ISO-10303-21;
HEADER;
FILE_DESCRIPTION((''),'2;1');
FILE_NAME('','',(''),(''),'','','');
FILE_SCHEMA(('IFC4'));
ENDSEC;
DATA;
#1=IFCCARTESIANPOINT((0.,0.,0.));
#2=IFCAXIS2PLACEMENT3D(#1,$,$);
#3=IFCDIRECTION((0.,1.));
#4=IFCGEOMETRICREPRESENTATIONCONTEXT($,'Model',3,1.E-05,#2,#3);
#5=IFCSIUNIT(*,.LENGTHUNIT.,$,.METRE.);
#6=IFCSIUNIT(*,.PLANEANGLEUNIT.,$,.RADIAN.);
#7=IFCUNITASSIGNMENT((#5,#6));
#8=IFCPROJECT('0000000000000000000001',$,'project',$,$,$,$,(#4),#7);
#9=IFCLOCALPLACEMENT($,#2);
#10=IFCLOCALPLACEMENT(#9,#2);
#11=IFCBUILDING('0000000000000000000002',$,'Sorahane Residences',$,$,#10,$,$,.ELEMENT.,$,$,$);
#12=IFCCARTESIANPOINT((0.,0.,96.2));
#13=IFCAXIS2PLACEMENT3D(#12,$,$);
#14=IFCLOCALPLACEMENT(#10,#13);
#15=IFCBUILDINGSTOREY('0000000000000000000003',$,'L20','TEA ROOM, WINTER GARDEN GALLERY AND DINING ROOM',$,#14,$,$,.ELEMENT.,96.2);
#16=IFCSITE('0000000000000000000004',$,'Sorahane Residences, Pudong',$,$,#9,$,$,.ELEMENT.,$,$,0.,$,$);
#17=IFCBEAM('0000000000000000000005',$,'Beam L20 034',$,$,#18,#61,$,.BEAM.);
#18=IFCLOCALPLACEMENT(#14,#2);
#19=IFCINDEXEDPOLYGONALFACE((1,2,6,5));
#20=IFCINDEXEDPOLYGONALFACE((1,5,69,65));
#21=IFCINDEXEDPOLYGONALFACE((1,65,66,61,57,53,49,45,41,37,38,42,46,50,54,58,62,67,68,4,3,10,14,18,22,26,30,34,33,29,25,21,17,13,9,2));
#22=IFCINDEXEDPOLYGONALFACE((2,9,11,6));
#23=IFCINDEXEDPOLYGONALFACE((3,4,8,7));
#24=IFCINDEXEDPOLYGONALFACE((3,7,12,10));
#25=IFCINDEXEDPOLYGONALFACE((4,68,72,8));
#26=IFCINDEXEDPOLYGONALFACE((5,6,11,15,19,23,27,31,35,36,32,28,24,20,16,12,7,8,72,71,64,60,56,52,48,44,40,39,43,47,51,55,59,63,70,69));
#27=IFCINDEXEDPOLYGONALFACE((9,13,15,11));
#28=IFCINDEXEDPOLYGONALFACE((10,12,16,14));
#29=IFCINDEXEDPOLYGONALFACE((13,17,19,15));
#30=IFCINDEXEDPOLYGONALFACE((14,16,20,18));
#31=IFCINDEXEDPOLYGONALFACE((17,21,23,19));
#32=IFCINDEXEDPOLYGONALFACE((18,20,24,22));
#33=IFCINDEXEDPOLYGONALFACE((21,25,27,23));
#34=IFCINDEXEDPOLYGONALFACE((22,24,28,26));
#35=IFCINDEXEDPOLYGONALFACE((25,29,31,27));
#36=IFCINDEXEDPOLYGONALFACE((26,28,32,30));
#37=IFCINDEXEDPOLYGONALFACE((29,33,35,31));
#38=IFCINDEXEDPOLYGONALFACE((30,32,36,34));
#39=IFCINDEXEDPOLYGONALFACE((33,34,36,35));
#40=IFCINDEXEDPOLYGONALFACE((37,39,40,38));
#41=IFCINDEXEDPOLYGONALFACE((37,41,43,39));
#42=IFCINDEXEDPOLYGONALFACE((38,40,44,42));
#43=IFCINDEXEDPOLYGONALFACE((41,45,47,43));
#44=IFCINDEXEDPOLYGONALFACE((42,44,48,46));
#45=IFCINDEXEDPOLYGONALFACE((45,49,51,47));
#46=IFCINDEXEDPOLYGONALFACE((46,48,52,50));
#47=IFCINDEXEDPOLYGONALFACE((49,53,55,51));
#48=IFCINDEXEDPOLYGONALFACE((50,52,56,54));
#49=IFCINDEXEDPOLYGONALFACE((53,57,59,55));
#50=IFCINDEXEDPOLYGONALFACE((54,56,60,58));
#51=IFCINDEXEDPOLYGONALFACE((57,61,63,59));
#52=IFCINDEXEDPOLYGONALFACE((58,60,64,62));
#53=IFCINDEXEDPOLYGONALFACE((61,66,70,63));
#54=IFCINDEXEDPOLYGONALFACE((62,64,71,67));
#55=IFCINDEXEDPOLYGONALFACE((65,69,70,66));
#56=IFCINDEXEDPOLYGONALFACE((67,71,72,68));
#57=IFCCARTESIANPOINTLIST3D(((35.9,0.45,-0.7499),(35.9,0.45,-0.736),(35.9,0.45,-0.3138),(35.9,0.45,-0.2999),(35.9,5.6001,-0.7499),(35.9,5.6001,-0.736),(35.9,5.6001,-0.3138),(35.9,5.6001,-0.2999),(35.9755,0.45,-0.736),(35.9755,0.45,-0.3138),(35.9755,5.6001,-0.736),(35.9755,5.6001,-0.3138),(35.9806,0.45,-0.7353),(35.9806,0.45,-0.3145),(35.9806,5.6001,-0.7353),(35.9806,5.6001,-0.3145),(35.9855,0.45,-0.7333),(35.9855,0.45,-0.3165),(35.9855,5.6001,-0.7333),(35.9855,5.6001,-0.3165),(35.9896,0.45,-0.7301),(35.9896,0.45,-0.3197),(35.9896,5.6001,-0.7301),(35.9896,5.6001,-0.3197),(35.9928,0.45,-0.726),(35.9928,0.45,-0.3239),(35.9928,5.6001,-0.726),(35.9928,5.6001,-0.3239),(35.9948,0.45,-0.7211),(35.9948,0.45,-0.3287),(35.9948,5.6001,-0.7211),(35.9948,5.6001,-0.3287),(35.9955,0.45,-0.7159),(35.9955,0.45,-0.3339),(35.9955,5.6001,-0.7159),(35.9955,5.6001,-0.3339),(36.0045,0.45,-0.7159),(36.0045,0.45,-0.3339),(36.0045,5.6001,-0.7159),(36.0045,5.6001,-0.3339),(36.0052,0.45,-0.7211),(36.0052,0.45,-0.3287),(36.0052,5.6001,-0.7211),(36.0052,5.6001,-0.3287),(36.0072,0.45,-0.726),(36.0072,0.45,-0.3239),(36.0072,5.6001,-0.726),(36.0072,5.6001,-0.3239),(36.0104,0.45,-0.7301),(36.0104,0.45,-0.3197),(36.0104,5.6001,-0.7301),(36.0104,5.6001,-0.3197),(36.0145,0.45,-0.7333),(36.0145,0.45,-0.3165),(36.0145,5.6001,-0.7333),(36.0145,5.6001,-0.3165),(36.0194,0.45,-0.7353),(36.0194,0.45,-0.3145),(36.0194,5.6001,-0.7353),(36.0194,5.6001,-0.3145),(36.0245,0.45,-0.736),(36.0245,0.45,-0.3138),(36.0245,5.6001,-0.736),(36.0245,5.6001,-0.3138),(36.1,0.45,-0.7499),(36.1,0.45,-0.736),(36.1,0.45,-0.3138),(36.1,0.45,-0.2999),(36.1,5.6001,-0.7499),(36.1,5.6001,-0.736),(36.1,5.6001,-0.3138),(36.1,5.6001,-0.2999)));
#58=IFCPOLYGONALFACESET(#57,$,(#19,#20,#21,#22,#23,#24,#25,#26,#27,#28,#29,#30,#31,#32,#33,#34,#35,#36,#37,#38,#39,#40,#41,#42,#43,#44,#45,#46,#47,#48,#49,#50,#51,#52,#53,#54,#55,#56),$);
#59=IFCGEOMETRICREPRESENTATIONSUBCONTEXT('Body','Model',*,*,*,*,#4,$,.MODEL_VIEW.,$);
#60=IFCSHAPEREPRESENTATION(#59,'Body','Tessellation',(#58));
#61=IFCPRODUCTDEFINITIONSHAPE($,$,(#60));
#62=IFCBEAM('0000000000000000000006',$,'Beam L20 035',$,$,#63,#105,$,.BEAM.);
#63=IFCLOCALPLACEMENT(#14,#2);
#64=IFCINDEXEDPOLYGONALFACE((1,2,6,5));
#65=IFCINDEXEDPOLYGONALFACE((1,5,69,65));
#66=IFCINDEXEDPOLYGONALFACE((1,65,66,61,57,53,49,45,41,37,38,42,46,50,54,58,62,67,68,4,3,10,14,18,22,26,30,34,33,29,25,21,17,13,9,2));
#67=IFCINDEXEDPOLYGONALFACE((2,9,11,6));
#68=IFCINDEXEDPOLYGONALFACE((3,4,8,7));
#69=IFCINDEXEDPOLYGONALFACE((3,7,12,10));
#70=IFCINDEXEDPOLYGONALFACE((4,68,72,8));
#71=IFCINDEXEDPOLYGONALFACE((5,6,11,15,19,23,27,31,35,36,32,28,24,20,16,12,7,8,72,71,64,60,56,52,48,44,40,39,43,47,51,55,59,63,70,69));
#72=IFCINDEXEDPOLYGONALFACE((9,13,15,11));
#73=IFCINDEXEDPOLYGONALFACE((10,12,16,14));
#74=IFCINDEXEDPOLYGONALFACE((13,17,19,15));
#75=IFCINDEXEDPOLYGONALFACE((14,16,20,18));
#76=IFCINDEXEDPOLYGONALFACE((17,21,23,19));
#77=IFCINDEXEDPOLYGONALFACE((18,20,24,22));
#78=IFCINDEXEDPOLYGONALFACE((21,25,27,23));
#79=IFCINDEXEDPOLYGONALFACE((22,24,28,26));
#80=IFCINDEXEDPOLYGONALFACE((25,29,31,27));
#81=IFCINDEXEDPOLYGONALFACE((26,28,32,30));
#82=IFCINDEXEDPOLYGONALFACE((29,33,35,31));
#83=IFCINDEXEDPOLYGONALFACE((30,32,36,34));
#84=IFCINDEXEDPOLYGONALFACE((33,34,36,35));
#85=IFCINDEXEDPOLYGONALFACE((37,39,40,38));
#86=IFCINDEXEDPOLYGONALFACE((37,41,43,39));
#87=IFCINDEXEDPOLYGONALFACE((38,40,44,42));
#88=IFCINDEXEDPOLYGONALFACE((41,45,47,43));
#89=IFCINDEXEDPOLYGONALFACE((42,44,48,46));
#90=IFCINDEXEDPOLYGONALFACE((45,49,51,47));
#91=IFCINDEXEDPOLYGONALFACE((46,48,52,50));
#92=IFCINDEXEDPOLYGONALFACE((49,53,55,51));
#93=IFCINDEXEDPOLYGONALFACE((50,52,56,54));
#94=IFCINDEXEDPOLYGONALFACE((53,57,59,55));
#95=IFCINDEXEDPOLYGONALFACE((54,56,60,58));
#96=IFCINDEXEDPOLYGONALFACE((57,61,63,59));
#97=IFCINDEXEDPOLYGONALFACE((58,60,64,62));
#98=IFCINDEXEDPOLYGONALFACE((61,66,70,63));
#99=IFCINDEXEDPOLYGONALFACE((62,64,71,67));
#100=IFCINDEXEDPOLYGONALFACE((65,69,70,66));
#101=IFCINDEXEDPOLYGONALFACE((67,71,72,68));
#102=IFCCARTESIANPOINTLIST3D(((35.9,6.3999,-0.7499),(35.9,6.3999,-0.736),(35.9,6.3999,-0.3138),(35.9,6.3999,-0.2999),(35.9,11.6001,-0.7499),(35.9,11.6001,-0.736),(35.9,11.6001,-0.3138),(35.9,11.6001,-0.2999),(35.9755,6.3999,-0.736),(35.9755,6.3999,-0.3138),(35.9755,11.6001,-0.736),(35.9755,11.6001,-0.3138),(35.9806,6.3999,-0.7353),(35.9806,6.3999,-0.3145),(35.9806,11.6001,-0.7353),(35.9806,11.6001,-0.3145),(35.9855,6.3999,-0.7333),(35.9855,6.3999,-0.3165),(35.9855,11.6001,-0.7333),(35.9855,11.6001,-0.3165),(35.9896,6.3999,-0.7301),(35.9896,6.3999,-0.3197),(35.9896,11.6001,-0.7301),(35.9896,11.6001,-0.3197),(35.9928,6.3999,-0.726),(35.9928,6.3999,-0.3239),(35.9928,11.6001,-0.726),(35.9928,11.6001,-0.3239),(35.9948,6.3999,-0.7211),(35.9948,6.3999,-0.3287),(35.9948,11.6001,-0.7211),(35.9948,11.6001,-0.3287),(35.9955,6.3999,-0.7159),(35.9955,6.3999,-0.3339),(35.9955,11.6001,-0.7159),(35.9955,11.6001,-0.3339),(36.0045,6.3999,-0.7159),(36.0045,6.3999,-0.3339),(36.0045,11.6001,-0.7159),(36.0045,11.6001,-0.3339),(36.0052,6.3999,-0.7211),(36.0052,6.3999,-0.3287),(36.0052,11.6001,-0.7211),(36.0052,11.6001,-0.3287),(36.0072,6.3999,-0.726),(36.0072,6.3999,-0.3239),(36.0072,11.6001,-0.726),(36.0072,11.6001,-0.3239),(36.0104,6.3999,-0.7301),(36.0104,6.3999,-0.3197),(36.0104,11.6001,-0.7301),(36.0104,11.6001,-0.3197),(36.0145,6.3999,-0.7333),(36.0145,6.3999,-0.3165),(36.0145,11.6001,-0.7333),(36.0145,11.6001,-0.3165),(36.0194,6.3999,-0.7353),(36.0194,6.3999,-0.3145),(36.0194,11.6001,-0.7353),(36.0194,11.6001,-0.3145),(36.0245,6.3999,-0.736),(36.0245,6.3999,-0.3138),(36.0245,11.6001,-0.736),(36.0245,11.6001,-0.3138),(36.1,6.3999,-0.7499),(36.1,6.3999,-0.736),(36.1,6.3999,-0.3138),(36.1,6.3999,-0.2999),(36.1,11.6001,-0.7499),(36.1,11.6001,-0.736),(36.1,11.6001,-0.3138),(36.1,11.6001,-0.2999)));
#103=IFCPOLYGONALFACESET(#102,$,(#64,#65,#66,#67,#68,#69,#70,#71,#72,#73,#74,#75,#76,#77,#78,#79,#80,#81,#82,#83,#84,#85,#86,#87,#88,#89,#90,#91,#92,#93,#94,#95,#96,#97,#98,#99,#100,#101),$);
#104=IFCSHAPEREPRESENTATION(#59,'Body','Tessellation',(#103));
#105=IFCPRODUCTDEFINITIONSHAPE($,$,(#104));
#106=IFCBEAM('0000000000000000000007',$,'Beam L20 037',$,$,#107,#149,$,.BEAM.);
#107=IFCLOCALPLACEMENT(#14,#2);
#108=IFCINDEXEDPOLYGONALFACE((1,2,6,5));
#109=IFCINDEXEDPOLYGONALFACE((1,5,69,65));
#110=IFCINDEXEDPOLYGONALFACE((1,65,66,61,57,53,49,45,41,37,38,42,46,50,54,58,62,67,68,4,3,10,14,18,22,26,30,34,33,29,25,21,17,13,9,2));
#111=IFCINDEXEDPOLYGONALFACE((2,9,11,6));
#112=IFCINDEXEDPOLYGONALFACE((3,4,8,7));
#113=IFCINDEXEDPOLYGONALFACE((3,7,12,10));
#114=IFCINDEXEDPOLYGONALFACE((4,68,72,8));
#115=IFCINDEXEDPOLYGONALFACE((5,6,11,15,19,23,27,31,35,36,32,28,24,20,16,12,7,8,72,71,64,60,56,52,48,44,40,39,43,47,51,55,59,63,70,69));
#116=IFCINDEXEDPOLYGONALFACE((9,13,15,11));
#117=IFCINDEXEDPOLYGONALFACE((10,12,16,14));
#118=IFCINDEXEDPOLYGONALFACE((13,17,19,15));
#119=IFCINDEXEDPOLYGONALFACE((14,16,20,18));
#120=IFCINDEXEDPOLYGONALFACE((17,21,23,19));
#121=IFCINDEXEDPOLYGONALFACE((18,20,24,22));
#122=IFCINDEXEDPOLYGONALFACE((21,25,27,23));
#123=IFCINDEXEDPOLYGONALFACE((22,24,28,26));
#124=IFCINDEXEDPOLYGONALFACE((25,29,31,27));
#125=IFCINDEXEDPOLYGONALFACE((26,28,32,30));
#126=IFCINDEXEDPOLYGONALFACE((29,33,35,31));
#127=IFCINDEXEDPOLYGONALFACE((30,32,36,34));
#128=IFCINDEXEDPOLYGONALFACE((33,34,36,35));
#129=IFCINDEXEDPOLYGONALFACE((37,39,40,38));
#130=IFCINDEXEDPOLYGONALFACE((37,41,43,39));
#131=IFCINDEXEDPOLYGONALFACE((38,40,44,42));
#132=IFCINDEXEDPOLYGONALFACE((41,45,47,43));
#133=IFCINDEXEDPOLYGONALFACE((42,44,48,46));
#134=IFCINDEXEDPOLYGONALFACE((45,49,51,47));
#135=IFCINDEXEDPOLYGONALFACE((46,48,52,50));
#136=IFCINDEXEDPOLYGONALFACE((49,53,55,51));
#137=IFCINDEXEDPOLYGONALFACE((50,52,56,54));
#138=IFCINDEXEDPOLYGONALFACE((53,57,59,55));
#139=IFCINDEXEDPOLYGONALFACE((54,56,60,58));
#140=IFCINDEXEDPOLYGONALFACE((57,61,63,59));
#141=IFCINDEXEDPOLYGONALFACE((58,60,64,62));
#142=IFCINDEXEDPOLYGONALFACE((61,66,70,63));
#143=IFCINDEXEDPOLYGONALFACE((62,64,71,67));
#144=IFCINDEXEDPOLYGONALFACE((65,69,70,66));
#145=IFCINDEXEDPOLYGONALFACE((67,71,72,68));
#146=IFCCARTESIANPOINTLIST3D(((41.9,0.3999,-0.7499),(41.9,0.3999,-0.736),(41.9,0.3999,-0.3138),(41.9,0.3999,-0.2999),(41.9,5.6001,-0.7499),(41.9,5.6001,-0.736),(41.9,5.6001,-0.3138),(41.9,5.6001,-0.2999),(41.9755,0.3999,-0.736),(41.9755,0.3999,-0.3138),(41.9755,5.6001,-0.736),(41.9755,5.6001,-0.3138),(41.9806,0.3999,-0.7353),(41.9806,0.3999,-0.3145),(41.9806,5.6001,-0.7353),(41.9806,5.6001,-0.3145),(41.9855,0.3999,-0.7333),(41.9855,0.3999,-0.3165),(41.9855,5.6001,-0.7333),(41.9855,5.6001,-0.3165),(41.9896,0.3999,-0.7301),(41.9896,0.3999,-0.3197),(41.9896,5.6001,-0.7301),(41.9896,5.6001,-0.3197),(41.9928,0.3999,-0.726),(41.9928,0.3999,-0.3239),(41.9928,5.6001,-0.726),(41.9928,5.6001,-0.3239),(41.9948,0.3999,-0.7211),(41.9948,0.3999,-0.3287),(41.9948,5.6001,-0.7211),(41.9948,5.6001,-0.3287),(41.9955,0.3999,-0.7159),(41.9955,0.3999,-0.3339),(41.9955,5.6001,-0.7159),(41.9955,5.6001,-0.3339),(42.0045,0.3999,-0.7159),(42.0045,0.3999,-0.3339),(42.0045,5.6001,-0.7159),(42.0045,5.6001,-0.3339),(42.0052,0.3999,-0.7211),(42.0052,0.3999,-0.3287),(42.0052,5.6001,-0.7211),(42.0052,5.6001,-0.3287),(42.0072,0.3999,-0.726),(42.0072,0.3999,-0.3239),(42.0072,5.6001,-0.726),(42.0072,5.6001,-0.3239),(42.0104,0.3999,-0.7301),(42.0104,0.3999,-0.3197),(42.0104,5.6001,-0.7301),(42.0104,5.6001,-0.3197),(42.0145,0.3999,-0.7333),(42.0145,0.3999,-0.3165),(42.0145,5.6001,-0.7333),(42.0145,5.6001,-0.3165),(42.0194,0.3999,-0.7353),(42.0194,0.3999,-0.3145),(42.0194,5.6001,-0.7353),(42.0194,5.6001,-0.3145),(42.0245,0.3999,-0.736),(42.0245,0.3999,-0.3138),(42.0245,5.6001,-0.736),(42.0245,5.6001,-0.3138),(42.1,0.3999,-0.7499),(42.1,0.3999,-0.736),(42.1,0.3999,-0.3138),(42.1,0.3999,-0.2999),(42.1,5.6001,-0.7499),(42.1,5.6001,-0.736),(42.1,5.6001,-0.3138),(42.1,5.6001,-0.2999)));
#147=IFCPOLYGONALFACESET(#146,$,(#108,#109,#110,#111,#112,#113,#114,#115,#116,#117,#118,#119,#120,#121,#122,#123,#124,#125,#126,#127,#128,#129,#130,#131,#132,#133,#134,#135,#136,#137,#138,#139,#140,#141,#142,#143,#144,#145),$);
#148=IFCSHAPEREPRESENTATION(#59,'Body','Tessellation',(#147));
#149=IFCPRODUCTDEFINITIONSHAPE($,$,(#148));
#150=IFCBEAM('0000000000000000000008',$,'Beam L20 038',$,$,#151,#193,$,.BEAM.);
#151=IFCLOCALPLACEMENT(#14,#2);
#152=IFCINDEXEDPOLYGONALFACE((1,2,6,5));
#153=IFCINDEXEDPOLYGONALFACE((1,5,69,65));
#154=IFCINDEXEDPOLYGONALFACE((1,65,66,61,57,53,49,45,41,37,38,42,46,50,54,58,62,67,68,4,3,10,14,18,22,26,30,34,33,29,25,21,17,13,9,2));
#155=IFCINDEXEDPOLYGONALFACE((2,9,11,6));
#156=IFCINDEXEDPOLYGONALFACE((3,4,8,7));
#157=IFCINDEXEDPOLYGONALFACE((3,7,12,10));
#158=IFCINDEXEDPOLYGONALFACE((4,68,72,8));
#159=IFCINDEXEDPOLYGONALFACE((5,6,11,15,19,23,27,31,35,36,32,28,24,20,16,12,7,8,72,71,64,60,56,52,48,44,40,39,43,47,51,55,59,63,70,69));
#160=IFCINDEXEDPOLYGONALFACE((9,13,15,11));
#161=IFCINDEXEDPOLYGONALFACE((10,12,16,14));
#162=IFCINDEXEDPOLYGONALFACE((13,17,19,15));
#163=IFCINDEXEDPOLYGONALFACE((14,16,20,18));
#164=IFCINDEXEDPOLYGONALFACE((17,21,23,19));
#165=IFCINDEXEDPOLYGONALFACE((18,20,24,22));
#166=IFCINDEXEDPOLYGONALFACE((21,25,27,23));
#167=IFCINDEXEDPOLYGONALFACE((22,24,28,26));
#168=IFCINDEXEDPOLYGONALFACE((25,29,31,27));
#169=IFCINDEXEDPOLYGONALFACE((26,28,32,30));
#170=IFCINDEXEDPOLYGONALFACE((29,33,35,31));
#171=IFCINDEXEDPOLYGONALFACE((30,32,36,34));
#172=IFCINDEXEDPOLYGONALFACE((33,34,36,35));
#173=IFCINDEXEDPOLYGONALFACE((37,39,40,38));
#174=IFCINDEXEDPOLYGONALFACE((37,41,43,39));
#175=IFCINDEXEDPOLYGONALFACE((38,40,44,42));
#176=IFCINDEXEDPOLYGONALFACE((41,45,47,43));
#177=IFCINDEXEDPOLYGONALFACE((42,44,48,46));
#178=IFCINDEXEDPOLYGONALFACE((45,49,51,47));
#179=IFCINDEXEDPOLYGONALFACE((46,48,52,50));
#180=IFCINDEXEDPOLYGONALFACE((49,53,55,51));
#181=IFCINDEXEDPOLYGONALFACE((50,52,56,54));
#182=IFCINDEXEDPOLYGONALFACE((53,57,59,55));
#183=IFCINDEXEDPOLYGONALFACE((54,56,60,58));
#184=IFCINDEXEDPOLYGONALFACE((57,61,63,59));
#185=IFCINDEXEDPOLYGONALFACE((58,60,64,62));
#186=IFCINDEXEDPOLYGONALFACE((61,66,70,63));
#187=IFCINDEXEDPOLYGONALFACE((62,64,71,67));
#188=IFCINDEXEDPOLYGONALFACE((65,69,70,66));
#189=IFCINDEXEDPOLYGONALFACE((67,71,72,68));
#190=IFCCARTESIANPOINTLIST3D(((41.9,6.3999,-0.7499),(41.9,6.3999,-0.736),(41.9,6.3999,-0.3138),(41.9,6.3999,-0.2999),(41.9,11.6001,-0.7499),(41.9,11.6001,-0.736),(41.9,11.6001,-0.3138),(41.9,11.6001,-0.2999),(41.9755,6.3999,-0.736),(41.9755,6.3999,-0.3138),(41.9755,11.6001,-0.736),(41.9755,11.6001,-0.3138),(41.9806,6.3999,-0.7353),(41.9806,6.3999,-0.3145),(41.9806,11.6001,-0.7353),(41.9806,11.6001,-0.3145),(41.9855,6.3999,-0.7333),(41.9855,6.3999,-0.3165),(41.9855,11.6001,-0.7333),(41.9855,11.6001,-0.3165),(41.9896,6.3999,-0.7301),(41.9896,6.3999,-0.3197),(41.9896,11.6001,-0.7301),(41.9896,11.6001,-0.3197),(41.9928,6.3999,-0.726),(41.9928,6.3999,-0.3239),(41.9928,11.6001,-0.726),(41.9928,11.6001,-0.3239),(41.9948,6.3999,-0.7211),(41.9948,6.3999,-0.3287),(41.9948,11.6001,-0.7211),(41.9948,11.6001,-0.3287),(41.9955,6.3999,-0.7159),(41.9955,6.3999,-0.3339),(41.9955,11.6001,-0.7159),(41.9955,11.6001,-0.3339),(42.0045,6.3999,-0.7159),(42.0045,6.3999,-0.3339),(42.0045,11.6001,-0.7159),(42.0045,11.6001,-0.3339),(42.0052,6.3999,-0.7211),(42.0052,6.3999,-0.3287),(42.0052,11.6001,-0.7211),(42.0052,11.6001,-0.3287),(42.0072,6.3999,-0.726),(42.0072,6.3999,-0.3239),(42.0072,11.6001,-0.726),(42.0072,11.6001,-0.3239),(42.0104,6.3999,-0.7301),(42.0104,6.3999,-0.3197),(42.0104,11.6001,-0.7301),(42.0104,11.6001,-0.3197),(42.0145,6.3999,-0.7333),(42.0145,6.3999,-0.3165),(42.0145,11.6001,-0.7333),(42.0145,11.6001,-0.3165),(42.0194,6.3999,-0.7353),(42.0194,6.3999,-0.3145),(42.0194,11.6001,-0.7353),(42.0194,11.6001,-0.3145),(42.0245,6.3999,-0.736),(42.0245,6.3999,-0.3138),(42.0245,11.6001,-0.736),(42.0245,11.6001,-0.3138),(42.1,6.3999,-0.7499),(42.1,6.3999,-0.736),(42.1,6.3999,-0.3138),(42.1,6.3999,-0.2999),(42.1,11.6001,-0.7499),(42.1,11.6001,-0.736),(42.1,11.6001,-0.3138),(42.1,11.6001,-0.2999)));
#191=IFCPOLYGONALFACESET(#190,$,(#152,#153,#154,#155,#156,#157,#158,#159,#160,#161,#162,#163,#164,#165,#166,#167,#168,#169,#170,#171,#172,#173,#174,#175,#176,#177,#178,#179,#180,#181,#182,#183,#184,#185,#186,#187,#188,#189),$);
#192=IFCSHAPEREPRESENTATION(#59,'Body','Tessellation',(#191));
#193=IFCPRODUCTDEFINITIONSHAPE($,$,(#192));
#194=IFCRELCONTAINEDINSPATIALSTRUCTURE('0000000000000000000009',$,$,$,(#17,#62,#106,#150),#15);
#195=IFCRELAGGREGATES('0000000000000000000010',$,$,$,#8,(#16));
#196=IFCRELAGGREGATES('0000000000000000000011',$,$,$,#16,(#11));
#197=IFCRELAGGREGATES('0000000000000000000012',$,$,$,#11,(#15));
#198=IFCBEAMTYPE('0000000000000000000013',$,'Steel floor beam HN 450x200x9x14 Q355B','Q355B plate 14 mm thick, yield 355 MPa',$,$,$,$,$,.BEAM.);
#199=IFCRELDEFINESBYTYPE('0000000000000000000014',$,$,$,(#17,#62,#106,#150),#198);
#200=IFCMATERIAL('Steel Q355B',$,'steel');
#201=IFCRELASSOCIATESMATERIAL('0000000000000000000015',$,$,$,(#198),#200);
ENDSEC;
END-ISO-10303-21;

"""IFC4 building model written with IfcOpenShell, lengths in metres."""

from ifc_helpers import new_model, si_unit, direction, frame, origin, origin_2d, place, context, subcontext, project, spatial, i_section, extrude, material, material_profile, profile_set, type_object, element, save


model = new_model("IFC4")

# Units and contexts
model_context = context("Model", 3, precision=1e-05, world=origin(), true_north=direction((0.0, 1.0)))
body_context = subcontext(model_context, "Body", "Model", "MODEL_VIEW")
ifc_project = project(units=[si_unit("LENGTHUNIT", "METRE"), si_unit("PLANEANGLEUNIT", "RADIAN")], contexts=[model_context])

# Site, building, storey
site_placement = place(None, origin())
site = spatial("IfcSite", under=ifc_project, at=site_placement, Name="Sorahane Residences, Pudong", CompositionType="ELEMENT", RefElevation=0.0)
building_placement = place(site_placement, origin())
building = spatial("IfcBuilding", under=site, at=building_placement, Name="Sorahane Residences", CompositionType="ELEMENT")
storey_placement = place(building_placement, frame((0.0, 0.0, 96.2)))
storey = spatial("IfcBuildingStorey", under=building, at=storey_placement, Name="L20", Description="TEA ROOM, WINTER GARDEN GALLERY AND DINING ROOM", CompositionType="ELEMENT", Elevation=96.2)

# Beams
ifc_material_1 = material(Name="Steel Q355B", Category="steel")
ifc_material_profile_1 = material_profile(ifc_material_1, i_section(OverallWidth=0.2, OverallDepth=0.45, WebThickness=0.009, FlangeThickness=0.0139, FilletRadius=0.02, at=origin_2d()), Name="HN 450x200x9x14")
ifc_profile_set_1 = profile_set([ifc_material_profile_1], Name="Steel Q355B")
beam_type = type_object("IfcBeamType", Name="Steel floor beam HN 450x200x9x14 Q355B", Description="Q355B plate 14 mm thick, yield 355 MPa", PredefinedType="BEAM", material=ifc_profile_set_1)
beam_1_placement = place(storey_placement, frame((36.0, 0.45, -0.5249), z_axis=(0.0, 1.0, 0.0), x_axis=(-1.0, 0.0, 0.0)))
element("IfcBeam", 1, at=beam_1_placement, inside=storey, type_object=beam_type, Name="Beam L20 034", PredefinedType="BEAM", context=body_context, shape_type="SweptSolid", body=[
    extrude(i_section(OverallWidth=0.2, OverallDepth=0.45, WebThickness=0.009, FlangeThickness=0.0139, FilletRadius=0.02, at=origin_2d()), origin(), (0.0, 0.0, 1.0), 5.1501),
])
for number, where, z_axis, x_axis, name in (
    (2, (36.0, 6.3999, -0.5249), (0.0, 1.0, 0.0), (-1.0, 0.0, 0.0), "Beam L20 035"),
    (3, (42.0, 0.3999, -0.5249), (0.0, 1.0, 0.0), (-1.0, 0.0, 0.0), "Beam L20 037"),
    (4, (42.0, 6.3999, -0.5249), (0.0, 1.0, 0.0), (-1.0, 0.0, 0.0), "Beam L20 038"),
):
    element("IfcBeam", number, at=place(storey_placement, frame(where, z_axis=z_axis, x_axis=x_axis)), inside=storey, type_object=beam_type, Name=name, PredefinedType="BEAM", context=body_context, shape_type="SweptSolid", body=[
        extrude(i_section(OverallWidth=0.2, OverallDepth=0.45, WebThickness=0.009, FlangeThickness=0.0139, FilletRadius=0.02, at=origin_2d()), origin(), (0.0, 0.0, 1.0), 5.2002),
    ])

save(model, "model.ifc")
